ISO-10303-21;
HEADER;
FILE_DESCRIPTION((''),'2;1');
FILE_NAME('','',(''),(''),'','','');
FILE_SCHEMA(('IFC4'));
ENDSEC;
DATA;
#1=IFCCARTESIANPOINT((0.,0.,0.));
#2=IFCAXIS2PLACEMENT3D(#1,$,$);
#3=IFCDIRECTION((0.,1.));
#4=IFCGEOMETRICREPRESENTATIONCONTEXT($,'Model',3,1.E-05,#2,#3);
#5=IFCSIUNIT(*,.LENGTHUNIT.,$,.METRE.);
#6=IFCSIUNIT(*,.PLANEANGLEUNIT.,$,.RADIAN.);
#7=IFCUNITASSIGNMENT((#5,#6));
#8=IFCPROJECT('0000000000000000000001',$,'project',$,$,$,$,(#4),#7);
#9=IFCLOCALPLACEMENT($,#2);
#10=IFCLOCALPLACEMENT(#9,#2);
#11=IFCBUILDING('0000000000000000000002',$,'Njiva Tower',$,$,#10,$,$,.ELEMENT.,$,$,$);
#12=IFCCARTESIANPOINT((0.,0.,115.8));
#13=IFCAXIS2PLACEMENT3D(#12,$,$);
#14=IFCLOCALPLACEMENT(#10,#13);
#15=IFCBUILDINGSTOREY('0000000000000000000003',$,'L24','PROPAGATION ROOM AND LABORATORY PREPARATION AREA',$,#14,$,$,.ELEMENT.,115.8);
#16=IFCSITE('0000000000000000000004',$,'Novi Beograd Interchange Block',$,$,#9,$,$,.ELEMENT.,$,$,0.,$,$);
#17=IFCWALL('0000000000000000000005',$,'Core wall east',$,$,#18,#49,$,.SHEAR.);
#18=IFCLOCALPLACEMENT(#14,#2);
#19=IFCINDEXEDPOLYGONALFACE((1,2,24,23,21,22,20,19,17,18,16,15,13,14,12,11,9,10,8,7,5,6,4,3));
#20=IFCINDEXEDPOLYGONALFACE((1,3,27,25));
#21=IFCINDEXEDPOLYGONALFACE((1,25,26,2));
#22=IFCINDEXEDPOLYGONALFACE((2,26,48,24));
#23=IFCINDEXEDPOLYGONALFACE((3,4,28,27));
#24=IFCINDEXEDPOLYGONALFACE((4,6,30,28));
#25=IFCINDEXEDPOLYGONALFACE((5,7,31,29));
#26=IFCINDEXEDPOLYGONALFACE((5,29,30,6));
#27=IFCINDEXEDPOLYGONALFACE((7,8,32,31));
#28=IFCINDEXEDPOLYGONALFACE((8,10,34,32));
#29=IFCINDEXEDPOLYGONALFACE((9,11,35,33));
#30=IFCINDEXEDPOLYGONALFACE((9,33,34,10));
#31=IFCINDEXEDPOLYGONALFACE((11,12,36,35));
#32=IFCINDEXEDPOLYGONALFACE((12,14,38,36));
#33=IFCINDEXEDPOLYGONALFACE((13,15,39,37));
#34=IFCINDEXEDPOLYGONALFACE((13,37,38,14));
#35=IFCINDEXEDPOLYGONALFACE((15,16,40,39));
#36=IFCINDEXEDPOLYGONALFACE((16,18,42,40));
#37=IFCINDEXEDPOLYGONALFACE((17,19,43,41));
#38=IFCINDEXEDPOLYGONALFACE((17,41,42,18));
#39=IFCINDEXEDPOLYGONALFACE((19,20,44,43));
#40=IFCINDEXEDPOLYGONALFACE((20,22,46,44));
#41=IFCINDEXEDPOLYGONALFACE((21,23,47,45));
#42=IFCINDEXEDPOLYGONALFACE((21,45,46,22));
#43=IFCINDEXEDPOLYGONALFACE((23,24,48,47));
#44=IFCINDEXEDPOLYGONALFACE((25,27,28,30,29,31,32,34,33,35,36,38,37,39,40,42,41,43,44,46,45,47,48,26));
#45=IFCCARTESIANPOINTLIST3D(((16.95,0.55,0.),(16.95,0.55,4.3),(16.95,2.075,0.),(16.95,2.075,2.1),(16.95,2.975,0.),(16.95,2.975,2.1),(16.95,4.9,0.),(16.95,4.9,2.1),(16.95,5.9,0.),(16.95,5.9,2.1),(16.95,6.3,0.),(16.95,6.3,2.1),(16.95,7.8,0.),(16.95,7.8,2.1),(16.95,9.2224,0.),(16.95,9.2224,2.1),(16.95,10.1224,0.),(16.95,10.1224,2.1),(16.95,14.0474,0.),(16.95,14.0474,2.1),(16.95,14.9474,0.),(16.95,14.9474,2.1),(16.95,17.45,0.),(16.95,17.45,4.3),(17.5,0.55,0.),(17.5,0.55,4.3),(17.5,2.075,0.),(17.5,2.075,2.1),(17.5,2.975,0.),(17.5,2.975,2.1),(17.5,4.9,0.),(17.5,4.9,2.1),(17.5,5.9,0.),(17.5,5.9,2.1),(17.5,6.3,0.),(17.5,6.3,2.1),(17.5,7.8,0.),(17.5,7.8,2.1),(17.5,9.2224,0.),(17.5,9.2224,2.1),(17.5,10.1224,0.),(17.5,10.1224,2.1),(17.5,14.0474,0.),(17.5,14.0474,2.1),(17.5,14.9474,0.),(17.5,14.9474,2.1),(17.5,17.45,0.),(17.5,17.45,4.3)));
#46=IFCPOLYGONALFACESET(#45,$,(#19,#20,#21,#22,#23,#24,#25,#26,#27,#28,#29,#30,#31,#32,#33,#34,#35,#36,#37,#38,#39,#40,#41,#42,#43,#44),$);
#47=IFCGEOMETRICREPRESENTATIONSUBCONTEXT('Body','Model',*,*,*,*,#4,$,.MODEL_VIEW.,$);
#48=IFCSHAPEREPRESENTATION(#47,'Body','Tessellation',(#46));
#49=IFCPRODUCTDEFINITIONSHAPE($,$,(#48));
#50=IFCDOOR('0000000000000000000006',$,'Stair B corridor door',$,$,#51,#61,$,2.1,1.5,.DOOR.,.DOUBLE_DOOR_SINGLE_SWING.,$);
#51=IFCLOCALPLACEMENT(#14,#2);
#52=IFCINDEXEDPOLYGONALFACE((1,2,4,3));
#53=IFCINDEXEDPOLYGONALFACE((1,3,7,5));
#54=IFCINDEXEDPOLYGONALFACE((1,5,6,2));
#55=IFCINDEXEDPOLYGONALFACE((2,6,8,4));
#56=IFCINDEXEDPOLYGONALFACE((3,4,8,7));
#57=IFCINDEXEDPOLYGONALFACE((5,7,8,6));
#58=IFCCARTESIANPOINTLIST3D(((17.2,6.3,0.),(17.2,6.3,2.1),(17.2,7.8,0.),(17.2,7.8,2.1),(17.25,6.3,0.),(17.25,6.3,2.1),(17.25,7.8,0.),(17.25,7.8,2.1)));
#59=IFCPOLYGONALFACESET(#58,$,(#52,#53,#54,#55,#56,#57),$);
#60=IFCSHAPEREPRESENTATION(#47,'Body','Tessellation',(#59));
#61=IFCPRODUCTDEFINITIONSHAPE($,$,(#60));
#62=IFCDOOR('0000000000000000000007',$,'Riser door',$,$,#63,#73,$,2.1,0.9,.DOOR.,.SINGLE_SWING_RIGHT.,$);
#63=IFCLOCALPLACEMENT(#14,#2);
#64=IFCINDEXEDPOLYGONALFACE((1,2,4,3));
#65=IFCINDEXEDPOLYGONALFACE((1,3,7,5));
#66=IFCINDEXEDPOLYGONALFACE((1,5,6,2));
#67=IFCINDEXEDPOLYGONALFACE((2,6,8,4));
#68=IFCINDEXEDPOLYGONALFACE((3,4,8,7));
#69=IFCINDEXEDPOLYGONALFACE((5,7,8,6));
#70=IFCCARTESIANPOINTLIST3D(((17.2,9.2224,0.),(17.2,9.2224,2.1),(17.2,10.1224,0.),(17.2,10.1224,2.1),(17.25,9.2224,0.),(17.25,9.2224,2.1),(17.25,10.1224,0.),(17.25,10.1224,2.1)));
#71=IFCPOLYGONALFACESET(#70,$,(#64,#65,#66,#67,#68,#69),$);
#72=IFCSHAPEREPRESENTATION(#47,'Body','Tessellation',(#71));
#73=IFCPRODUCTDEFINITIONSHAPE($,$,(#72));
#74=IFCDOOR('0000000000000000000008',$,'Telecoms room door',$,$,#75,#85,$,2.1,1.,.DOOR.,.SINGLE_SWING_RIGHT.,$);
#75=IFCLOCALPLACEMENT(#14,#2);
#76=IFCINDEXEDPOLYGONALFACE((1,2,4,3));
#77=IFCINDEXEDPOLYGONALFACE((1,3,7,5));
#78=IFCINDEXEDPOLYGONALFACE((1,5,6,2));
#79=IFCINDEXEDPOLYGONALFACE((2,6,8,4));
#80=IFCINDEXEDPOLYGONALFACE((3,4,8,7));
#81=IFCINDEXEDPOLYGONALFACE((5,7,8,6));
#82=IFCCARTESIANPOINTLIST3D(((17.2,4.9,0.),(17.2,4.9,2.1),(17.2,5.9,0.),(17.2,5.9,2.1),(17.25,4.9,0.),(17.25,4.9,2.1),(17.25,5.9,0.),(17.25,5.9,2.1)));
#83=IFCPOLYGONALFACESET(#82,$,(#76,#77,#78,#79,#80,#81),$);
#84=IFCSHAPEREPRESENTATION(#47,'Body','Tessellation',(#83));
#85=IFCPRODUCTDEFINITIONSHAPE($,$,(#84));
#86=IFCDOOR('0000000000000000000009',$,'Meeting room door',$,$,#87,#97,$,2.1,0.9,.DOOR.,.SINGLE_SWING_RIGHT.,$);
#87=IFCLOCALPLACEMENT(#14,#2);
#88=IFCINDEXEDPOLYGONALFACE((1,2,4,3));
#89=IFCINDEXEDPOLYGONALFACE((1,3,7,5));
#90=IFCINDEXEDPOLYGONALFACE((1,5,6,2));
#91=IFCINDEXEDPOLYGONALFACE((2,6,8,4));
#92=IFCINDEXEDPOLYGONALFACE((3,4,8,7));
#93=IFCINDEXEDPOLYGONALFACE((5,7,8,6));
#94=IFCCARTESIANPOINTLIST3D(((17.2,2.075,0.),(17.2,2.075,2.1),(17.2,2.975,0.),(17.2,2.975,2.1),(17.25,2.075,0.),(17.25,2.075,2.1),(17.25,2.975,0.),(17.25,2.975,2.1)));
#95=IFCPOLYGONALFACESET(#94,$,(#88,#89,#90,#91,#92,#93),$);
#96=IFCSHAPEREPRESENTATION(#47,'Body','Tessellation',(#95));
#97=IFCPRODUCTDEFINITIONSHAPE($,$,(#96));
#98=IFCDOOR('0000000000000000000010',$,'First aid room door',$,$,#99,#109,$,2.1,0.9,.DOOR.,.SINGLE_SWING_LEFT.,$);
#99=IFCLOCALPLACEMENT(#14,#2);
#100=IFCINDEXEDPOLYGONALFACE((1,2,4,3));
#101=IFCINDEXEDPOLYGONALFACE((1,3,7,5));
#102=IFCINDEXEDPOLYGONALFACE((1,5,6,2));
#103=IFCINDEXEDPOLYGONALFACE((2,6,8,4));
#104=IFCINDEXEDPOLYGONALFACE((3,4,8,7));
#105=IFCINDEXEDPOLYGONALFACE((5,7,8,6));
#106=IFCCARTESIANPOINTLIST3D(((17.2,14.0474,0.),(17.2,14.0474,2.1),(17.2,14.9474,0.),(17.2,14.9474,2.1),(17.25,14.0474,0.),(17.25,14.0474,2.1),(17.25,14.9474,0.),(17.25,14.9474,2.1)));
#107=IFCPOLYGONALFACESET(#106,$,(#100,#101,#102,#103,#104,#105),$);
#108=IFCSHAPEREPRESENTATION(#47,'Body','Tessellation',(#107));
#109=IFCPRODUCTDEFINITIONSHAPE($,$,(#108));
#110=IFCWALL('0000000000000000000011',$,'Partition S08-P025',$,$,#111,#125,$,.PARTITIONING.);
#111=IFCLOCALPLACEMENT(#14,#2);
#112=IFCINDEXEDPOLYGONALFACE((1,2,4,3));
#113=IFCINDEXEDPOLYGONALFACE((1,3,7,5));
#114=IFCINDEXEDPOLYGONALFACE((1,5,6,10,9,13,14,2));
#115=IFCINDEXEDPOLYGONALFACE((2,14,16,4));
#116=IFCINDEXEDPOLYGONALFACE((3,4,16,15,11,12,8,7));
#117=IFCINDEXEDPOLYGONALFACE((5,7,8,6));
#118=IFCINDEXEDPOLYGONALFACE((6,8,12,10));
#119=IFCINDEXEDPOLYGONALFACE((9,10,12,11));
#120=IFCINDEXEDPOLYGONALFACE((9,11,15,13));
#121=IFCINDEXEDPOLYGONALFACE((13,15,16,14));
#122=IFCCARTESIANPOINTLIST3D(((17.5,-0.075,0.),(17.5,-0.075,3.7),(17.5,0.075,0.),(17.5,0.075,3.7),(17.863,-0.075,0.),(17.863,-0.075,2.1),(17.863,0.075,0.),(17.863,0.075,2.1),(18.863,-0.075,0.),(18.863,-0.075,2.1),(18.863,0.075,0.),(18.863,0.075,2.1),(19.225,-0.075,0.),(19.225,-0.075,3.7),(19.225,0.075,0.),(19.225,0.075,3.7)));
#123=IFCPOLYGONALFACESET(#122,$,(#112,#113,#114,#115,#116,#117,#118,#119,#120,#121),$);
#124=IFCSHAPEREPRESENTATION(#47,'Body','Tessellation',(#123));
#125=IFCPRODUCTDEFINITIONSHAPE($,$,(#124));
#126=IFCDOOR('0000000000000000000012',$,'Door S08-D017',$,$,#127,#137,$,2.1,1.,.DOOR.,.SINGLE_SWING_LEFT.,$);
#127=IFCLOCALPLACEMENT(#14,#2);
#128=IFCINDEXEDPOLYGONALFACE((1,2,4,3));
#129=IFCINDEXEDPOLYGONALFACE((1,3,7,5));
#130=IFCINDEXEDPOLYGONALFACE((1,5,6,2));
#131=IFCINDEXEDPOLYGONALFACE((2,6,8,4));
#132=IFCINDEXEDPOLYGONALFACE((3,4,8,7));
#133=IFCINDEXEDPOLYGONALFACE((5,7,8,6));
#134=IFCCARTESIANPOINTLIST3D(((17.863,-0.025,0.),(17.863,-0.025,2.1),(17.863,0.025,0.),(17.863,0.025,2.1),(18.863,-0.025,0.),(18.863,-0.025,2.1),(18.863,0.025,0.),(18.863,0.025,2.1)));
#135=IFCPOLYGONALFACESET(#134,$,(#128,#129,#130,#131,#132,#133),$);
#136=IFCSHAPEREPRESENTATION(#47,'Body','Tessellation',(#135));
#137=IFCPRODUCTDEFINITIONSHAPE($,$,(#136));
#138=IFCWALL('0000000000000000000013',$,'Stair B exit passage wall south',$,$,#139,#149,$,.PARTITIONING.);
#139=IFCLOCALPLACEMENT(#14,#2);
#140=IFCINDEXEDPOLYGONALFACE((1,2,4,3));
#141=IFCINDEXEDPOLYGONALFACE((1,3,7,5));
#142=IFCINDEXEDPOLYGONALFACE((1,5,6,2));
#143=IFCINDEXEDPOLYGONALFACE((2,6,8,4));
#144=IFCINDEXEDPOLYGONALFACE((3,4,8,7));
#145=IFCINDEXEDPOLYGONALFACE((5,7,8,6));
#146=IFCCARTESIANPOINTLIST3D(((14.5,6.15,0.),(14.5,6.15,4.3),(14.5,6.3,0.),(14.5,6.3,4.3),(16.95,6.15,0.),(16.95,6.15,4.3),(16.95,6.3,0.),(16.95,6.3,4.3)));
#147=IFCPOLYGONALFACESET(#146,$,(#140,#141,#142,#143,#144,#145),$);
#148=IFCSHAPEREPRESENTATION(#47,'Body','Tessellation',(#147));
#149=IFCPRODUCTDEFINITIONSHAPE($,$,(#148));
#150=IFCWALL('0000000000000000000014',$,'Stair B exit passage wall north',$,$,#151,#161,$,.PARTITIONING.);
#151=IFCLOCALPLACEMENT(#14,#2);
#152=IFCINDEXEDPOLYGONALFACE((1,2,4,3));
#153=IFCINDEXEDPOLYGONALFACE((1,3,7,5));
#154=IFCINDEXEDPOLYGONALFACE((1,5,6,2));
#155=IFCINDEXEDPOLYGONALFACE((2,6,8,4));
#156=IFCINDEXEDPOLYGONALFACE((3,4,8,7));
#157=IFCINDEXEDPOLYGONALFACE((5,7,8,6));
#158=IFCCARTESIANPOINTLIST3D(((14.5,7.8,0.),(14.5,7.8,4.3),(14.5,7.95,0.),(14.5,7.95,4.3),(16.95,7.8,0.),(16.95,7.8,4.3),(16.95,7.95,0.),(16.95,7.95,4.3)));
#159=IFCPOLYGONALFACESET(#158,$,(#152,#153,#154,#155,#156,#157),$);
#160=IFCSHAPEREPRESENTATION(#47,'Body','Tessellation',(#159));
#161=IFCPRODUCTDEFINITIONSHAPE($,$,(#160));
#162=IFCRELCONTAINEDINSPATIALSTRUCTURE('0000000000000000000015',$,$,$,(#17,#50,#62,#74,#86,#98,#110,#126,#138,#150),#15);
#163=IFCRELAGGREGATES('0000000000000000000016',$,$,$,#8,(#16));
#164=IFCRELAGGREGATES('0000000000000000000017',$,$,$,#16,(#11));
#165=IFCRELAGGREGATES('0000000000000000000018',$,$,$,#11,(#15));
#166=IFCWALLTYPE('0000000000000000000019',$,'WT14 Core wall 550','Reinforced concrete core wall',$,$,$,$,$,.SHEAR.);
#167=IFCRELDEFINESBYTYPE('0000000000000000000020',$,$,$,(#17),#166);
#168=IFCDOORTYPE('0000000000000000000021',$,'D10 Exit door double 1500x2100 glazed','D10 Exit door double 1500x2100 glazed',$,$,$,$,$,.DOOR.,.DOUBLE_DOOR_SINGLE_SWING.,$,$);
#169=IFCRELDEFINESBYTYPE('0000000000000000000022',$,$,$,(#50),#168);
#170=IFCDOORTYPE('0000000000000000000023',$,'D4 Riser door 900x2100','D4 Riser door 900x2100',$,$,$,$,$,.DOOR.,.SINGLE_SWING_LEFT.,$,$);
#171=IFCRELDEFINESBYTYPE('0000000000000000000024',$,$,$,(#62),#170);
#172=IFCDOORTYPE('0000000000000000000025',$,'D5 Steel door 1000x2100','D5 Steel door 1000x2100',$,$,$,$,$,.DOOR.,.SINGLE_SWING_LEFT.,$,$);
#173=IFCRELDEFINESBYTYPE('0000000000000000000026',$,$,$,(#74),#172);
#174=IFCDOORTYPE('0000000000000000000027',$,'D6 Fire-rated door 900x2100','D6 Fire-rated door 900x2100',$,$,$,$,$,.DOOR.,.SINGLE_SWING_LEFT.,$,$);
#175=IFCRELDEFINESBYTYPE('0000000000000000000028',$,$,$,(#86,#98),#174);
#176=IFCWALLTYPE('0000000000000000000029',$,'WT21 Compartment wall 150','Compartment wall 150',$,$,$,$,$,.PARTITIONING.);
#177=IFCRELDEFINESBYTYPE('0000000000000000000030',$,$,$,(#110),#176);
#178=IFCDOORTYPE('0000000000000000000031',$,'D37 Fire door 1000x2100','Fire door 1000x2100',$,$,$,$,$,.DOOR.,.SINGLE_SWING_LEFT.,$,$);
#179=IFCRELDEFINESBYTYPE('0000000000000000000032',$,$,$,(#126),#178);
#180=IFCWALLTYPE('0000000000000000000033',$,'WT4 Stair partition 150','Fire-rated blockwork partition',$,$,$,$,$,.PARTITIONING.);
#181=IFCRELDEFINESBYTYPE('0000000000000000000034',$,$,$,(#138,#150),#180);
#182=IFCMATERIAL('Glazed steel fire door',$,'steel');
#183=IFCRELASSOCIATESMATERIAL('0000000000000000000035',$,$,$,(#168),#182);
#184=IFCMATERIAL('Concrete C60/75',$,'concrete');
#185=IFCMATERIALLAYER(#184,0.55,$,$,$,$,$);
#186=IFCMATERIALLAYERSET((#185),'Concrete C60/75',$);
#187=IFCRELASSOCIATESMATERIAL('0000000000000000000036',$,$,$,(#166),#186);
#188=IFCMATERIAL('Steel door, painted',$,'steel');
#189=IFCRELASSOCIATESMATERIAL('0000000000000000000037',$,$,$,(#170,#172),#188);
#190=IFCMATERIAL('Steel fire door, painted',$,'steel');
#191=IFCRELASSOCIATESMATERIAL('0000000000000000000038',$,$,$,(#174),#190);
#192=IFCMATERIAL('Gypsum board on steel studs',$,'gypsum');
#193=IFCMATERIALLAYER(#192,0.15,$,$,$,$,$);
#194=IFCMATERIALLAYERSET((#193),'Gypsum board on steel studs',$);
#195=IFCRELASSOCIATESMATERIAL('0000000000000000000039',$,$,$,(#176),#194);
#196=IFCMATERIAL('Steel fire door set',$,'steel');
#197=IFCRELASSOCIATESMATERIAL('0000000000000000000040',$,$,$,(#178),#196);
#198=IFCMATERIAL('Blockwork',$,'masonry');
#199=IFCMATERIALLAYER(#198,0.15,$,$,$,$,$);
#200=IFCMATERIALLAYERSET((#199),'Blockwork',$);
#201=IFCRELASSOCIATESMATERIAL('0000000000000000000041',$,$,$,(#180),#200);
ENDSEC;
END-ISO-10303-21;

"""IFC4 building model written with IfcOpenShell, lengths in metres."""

from ifc_helpers import new_model, si_unit, direction, frame, frame_2d, origin, place, context, subcontext, project, spatial, rectangle, extrude, material, layer, layer_set, type_object, element, fill, save


model = new_model("IFC4")

# Units and contexts
model_context = context("Model", 3, precision=1e-05, world=origin(), true_north=direction((0.0, 1.0)))
body_context = subcontext(model_context, "Body", "Model", "MODEL_VIEW")
ifc_project = project(units=[si_unit("LENGTHUNIT", "METRE"), si_unit("PLANEANGLEUNIT", "RADIAN")], contexts=[model_context])

# Site, building, storey
site_placement = place(None, origin())
site = spatial("IfcSite", under=ifc_project, at=site_placement, Name="Novi Beograd Interchange Block", CompositionType="ELEMENT", RefElevation=0.0)
building_placement = place(site_placement, origin())
building = spatial("IfcBuilding", under=site, at=building_placement, Name="Njiva Tower", CompositionType="ELEMENT")
storey_placement = place(building_placement, frame((0.0, 0.0, 115.8)))
storey = spatial("IfcBuildingStorey", under=building, at=storey_placement, Name="L24", Description="PROPAGATION ROOM AND LABORATORY PREPARATION AREA", CompositionType="ELEMENT", Elevation=115.8)

# Shared definitions
ifc_material_1 = material(Name="Blockwork", Category="masonry")

# Shared definitions
ifc_material_2 = material(Name="Glazed steel fire door", Category="steel")
door_type_1 = type_object("IfcDoorType", Name="D10 Exit door double 1500x2100 glazed", Description="D10 Exit door double 1500x2100 glazed", OperationType="DOUBLE_DOOR_SINGLE_SWING", PredefinedType="DOOR", material=ifc_material_2)

# Wall, openings, doors
ifc_material_3 = material(Name="Concrete C60/75", Category="concrete")
ifc_layer_1 = layer(ifc_material_3, 0.55)
ifc_layer_set_1 = layer_set([ifc_layer_1], Name="Concrete C60/75")
wall_type_1 = type_object("IfcWallType", Name="WT14 Core wall 550", Description="Reinforced concrete core wall", PredefinedType="SHEAR", material=ifc_layer_set_1)
wall_1_placement = place(storey_placement, frame((17.225, 0.55, 0.0), z_axis=(0.0, 0.0, 1.0), x_axis=(0.0, 1.0, 0.0)))
wall_1 = element("IfcWall", 1, at=wall_1_placement, inside=storey, type_object=wall_type_1, Name="Core wall east", PredefinedType="SHEAR", context=body_context, shape_type="SweptSolid", body=[
    extrude(rectangle(XDim=16.9, YDim=0.55, at=frame_2d((8.45, 0.0))), origin(), (0.0, 0.0, 1.0), 4.3),
])
opening_1_placement = place(wall_1_placement, frame((5.75, 0.0, 0.0)))
opening_1 = element("IfcOpeningElement", 2, at=opening_1_placement, cuts=wall_1, PredefinedType="OPENING", context=body_context, shape_type="SweptSolid", body=[
    extrude(rectangle(XDim=1.5, YDim=2.1, at=frame_2d((0.75, 1.05))), frame((0.0, 0.285, 0.0), z_axis=(0.0, -1.0, 0.0), x_axis=(1.0, 0.0, 0.0)), (0.0, 0.0, 1.0), 0.57),
])
opening_2_placement = place(wall_1_placement, frame((1.525, 0.0, 0.0)))
opening_2 = element("IfcOpeningElement", 3, at=opening_2_placement, cuts=wall_1, PredefinedType="OPENING", context=body_context, shape_type="SweptSolid", body=[
    extrude(rectangle(XDim=0.9, YDim=2.1, at=frame_2d((0.45, 1.05))), frame((0.0, 0.285, 0.0), z_axis=(0.0, -1.0, 0.0), x_axis=(1.0, 0.0, 0.0)), (0.0, 0.0, 1.0), 0.57),
])
opening_3_placement = place(wall_1_placement, frame((4.35, 0.0, 0.0)))
opening_3 = element("IfcOpeningElement", 4, at=opening_3_placement, cuts=wall_1, PredefinedType="OPENING", context=body_context, shape_type="SweptSolid", body=[
    extrude(rectangle(XDim=1.0, YDim=2.1, at=frame_2d((0.5, 1.05))), frame((0.0, 0.285, 0.0), z_axis=(0.0, -1.0, 0.0), x_axis=(1.0, 0.0, 0.0)), (0.0, 0.0, 1.0), 0.57),
])
opening_4_placement = place(wall_1_placement, frame((8.6724, 0.0, 0.0)))
opening_4 = element("IfcOpeningElement", 5, at=opening_4_placement, cuts=wall_1, PredefinedType="OPENING", context=body_context, shape_type="SweptSolid", body=[
    extrude(rectangle(XDim=0.9, YDim=2.1, at=frame_2d((0.45, 1.05))), frame((0.0, 0.285, 0.0), z_axis=(0.0, -1.0, 0.0), x_axis=(1.0, 0.0, 0.0)), (0.0, 0.0, 1.0), 0.57),
])
opening_5_placement = place(wall_1_placement, frame((13.4974, 0.0, 0.0)))
opening_5 = element("IfcOpeningElement", 6, at=opening_5_placement, cuts=wall_1, PredefinedType="OPENING", context=body_context, shape_type="SweptSolid", body=[
    extrude(rectangle(XDim=0.9, YDim=2.1, at=frame_2d((0.45, 1.05))), frame((0.0, 0.285, 0.0), z_axis=(0.0, -1.0, 0.0), x_axis=(1.0, 0.0, 0.0)), (0.0, 0.0, 1.0), 0.57),
])
door_1_placement = place(opening_1_placement, origin())
door_1 = element("IfcDoor", 7, at=door_1_placement, inside=storey, type_object=door_type_1, Name="Stair B corridor door", OperationType="DOUBLE_DOOR_SINGLE_SWING", OverallHeight=2.1, OverallWidth=1.5, PredefinedType="DOOR", context=body_context, shape_type="SweptSolid", body=[
    extrude(rectangle(XDim=1.5, YDim=2.1, at=frame_2d((0.75, 1.05))), frame((0.0, 0.025, 0.0), z_axis=(0.0, -1.0, 0.0), x_axis=(1.0, 0.0, 0.0)), (0.0, 0.0, 1.0), 0.05),
])
fill(opening_1, door_1)
ifc_material_4 = material(Name="Steel door, painted", Category="steel")
door_type_2 = type_object("IfcDoorType", Name="D4 Riser door 900x2100", Description="D4 Riser door 900x2100", OperationType="SINGLE_SWING_LEFT", PredefinedType="DOOR", material=ifc_material_4)
door_2_placement = place(opening_4_placement, origin())
door_2 = element("IfcDoor", 8, at=door_2_placement, inside=storey, type_object=door_type_2, Name="Riser door", OperationType="SINGLE_SWING_RIGHT", OverallHeight=2.1, OverallWidth=0.9, PredefinedType="DOOR", context=body_context, shape_type="SweptSolid", body=[
    extrude(rectangle(XDim=0.9, YDim=2.1, at=frame_2d((0.45, 1.05))), frame((0.0, 0.025, 0.0), z_axis=(0.0, -1.0, 0.0), x_axis=(1.0, 0.0, 0.0)), (0.0, 0.0, 1.0), 0.05),
])
fill(opening_4, door_2)
door_type_3 = type_object("IfcDoorType", Name="D5 Steel door 1000x2100", Description="D5 Steel door 1000x2100", OperationType="SINGLE_SWING_LEFT", PredefinedType="DOOR", material=ifc_material_4)
door_3_placement = place(opening_3_placement, origin())
door_3 = element("IfcDoor", 9, at=door_3_placement, inside=storey, type_object=door_type_3, Name="Telecoms room door", OperationType="SINGLE_SWING_RIGHT", OverallHeight=2.1, OverallWidth=1.0, PredefinedType="DOOR", context=body_context, shape_type="SweptSolid", body=[
    extrude(rectangle(XDim=1.0, YDim=2.1, at=frame_2d((0.5, 1.05))), frame((0.0, 0.025, 0.0), z_axis=(0.0, -1.0, 0.0), x_axis=(1.0, 0.0, 0.0)), (0.0, 0.0, 1.0), 0.05),
])
fill(opening_3, door_3)
ifc_material_5 = material(Name="Steel fire door, painted", Category="steel")
door_type_4 = type_object("IfcDoorType", Name="D6 Fire-rated door 900x2100", Description="D6 Fire-rated door 900x2100", OperationType="SINGLE_SWING_LEFT", PredefinedType="DOOR", material=ifc_material_5)
door_4_placement = place(opening_2_placement, origin())
door_4 = element("IfcDoor", 10, at=door_4_placement, inside=storey, type_object=door_type_4, Name="Meeting room door", OperationType="SINGLE_SWING_RIGHT", OverallHeight=2.1, OverallWidth=0.9, PredefinedType="DOOR", context=body_context, shape_type="SweptSolid", body=[
    extrude(rectangle(XDim=0.9, YDim=2.1, at=frame_2d((0.45, 1.05))), frame((0.0, 0.025, 0.0), z_axis=(0.0, -1.0, 0.0), x_axis=(1.0, 0.0, 0.0)), (0.0, 0.0, 1.0), 0.05),
])
fill(opening_2, door_4)
door_5_placement = place(opening_5_placement, origin())
door_5 = element("IfcDoor", 11, at=door_5_placement, inside=storey, type_object=door_type_4, Name="First aid room door", OperationType="SINGLE_SWING_LEFT", OverallHeight=2.1, OverallWidth=0.9, PredefinedType="DOOR", context=body_context, shape_type="SweptSolid", body=[
    extrude(rectangle(XDim=0.9, YDim=2.1, at=frame_2d((0.45, 1.05))), frame((0.0, 0.025, 0.0), z_axis=(0.0, -1.0, 0.0), x_axis=(1.0, 0.0, 0.0)), (0.0, 0.0, 1.0), 0.05),
])
fill(opening_5, door_5)

# Wall, opening, door
ifc_material_6 = material(Name="Gypsum board on steel studs", Category="gypsum")
ifc_layer_2 = layer(ifc_material_6, 0.15)
ifc_layer_set_2 = layer_set([ifc_layer_2], Name="Gypsum board on steel studs")
wall_type_2 = type_object("IfcWallType", Name="WT21 Compartment wall 150", Description="Compartment wall 150", PredefinedType="PARTITIONING", material=ifc_layer_set_2)
wall_2_placement = place(storey_placement, frame((17.5, 0.0, 0.0), z_axis=(0.0, 0.0, 1.0), x_axis=(1.0, 0.0, 0.0)))
wall_2 = element("IfcWall", 12, at=wall_2_placement, inside=storey, type_object=wall_type_2, Name="Partition S08-P025", PredefinedType="PARTITIONING", context=body_context, shape_type="SweptSolid", body=[
    extrude(rectangle(XDim=1.725, YDim=0.15, at=frame_2d((0.8625, 0.0))), origin(), (0.0, 0.0, 1.0), 3.7),
])
opening_6_placement = place(wall_2_placement, frame((0.363, 0.0, 0.0)))
opening_6 = element("IfcOpeningElement", 13, at=opening_6_placement, cuts=wall_2, PredefinedType="OPENING", context=body_context, shape_type="SweptSolid", body=[
    extrude(rectangle(XDim=1.0, YDim=2.1, at=frame_2d((0.5, 1.05))), frame((0.0, 0.085, 0.0), z_axis=(0.0, -1.0, 0.0), x_axis=(1.0, 0.0, 0.0)), (0.0, 0.0, 1.0), 0.17),
])
ifc_material_7 = material(Name="Steel fire door set", Category="steel")
door_type_5 = type_object("IfcDoorType", Name="D37 Fire door 1000x2100", Description="Fire door 1000x2100", OperationType="SINGLE_SWING_LEFT", PredefinedType="DOOR", material=ifc_material_7)
door_6_placement = place(opening_6_placement, origin())
door_6 = element("IfcDoor", 14, at=door_6_placement, inside=storey, type_object=door_type_5, Name="Door S08-D017", OperationType="SINGLE_SWING_LEFT", OverallHeight=2.1, OverallWidth=1.0, PredefinedType="DOOR", context=body_context, shape_type="SweptSolid", body=[
    extrude(rectangle(XDim=1.0, YDim=2.1, at=frame_2d((0.5, 1.05))), frame((0.0, 0.025, 0.0), z_axis=(0.0, -1.0, 0.0), x_axis=(1.0, 0.0, 0.0)), (0.0, 0.0, 1.0), 0.05),
])
fill(opening_6, door_6)

# Walls
ifc_layer_3 = layer(ifc_material_1, 0.15)
ifc_layer_set_3 = layer_set([ifc_layer_3], Name="Blockwork")
wall_type_3 = type_object("IfcWallType", Name="WT4 Stair partition 150", Description="Fire-rated blockwork partition", PredefinedType="PARTITIONING", material=ifc_layer_set_3)
for number, where, z_axis, x_axis, name in (
    (15, (14.5, 6.225, 0.0), (0.0, 0.0, 1.0), (1.0, 0.0, 0.0), "Stair B exit passage wall south"),
    (16, (14.5, 7.875, 0.0), (0.0, 0.0, 1.0), (1.0, 0.0, 0.0), "Stair B exit passage wall north"),
):
    element("IfcWall", number, at=place(storey_placement, frame(where, z_axis=z_axis, x_axis=x_axis)), inside=storey, type_object=wall_type_3, Name=name, PredefinedType="PARTITIONING", context=body_context, shape_type="SweptSolid", body=[
        extrude(rectangle(XDim=2.45, YDim=0.15, at=frame_2d((1.225, 0.0))), origin(), (0.0, 0.0, 1.0), 4.3),
    ])

save(model, "model.ifc")
